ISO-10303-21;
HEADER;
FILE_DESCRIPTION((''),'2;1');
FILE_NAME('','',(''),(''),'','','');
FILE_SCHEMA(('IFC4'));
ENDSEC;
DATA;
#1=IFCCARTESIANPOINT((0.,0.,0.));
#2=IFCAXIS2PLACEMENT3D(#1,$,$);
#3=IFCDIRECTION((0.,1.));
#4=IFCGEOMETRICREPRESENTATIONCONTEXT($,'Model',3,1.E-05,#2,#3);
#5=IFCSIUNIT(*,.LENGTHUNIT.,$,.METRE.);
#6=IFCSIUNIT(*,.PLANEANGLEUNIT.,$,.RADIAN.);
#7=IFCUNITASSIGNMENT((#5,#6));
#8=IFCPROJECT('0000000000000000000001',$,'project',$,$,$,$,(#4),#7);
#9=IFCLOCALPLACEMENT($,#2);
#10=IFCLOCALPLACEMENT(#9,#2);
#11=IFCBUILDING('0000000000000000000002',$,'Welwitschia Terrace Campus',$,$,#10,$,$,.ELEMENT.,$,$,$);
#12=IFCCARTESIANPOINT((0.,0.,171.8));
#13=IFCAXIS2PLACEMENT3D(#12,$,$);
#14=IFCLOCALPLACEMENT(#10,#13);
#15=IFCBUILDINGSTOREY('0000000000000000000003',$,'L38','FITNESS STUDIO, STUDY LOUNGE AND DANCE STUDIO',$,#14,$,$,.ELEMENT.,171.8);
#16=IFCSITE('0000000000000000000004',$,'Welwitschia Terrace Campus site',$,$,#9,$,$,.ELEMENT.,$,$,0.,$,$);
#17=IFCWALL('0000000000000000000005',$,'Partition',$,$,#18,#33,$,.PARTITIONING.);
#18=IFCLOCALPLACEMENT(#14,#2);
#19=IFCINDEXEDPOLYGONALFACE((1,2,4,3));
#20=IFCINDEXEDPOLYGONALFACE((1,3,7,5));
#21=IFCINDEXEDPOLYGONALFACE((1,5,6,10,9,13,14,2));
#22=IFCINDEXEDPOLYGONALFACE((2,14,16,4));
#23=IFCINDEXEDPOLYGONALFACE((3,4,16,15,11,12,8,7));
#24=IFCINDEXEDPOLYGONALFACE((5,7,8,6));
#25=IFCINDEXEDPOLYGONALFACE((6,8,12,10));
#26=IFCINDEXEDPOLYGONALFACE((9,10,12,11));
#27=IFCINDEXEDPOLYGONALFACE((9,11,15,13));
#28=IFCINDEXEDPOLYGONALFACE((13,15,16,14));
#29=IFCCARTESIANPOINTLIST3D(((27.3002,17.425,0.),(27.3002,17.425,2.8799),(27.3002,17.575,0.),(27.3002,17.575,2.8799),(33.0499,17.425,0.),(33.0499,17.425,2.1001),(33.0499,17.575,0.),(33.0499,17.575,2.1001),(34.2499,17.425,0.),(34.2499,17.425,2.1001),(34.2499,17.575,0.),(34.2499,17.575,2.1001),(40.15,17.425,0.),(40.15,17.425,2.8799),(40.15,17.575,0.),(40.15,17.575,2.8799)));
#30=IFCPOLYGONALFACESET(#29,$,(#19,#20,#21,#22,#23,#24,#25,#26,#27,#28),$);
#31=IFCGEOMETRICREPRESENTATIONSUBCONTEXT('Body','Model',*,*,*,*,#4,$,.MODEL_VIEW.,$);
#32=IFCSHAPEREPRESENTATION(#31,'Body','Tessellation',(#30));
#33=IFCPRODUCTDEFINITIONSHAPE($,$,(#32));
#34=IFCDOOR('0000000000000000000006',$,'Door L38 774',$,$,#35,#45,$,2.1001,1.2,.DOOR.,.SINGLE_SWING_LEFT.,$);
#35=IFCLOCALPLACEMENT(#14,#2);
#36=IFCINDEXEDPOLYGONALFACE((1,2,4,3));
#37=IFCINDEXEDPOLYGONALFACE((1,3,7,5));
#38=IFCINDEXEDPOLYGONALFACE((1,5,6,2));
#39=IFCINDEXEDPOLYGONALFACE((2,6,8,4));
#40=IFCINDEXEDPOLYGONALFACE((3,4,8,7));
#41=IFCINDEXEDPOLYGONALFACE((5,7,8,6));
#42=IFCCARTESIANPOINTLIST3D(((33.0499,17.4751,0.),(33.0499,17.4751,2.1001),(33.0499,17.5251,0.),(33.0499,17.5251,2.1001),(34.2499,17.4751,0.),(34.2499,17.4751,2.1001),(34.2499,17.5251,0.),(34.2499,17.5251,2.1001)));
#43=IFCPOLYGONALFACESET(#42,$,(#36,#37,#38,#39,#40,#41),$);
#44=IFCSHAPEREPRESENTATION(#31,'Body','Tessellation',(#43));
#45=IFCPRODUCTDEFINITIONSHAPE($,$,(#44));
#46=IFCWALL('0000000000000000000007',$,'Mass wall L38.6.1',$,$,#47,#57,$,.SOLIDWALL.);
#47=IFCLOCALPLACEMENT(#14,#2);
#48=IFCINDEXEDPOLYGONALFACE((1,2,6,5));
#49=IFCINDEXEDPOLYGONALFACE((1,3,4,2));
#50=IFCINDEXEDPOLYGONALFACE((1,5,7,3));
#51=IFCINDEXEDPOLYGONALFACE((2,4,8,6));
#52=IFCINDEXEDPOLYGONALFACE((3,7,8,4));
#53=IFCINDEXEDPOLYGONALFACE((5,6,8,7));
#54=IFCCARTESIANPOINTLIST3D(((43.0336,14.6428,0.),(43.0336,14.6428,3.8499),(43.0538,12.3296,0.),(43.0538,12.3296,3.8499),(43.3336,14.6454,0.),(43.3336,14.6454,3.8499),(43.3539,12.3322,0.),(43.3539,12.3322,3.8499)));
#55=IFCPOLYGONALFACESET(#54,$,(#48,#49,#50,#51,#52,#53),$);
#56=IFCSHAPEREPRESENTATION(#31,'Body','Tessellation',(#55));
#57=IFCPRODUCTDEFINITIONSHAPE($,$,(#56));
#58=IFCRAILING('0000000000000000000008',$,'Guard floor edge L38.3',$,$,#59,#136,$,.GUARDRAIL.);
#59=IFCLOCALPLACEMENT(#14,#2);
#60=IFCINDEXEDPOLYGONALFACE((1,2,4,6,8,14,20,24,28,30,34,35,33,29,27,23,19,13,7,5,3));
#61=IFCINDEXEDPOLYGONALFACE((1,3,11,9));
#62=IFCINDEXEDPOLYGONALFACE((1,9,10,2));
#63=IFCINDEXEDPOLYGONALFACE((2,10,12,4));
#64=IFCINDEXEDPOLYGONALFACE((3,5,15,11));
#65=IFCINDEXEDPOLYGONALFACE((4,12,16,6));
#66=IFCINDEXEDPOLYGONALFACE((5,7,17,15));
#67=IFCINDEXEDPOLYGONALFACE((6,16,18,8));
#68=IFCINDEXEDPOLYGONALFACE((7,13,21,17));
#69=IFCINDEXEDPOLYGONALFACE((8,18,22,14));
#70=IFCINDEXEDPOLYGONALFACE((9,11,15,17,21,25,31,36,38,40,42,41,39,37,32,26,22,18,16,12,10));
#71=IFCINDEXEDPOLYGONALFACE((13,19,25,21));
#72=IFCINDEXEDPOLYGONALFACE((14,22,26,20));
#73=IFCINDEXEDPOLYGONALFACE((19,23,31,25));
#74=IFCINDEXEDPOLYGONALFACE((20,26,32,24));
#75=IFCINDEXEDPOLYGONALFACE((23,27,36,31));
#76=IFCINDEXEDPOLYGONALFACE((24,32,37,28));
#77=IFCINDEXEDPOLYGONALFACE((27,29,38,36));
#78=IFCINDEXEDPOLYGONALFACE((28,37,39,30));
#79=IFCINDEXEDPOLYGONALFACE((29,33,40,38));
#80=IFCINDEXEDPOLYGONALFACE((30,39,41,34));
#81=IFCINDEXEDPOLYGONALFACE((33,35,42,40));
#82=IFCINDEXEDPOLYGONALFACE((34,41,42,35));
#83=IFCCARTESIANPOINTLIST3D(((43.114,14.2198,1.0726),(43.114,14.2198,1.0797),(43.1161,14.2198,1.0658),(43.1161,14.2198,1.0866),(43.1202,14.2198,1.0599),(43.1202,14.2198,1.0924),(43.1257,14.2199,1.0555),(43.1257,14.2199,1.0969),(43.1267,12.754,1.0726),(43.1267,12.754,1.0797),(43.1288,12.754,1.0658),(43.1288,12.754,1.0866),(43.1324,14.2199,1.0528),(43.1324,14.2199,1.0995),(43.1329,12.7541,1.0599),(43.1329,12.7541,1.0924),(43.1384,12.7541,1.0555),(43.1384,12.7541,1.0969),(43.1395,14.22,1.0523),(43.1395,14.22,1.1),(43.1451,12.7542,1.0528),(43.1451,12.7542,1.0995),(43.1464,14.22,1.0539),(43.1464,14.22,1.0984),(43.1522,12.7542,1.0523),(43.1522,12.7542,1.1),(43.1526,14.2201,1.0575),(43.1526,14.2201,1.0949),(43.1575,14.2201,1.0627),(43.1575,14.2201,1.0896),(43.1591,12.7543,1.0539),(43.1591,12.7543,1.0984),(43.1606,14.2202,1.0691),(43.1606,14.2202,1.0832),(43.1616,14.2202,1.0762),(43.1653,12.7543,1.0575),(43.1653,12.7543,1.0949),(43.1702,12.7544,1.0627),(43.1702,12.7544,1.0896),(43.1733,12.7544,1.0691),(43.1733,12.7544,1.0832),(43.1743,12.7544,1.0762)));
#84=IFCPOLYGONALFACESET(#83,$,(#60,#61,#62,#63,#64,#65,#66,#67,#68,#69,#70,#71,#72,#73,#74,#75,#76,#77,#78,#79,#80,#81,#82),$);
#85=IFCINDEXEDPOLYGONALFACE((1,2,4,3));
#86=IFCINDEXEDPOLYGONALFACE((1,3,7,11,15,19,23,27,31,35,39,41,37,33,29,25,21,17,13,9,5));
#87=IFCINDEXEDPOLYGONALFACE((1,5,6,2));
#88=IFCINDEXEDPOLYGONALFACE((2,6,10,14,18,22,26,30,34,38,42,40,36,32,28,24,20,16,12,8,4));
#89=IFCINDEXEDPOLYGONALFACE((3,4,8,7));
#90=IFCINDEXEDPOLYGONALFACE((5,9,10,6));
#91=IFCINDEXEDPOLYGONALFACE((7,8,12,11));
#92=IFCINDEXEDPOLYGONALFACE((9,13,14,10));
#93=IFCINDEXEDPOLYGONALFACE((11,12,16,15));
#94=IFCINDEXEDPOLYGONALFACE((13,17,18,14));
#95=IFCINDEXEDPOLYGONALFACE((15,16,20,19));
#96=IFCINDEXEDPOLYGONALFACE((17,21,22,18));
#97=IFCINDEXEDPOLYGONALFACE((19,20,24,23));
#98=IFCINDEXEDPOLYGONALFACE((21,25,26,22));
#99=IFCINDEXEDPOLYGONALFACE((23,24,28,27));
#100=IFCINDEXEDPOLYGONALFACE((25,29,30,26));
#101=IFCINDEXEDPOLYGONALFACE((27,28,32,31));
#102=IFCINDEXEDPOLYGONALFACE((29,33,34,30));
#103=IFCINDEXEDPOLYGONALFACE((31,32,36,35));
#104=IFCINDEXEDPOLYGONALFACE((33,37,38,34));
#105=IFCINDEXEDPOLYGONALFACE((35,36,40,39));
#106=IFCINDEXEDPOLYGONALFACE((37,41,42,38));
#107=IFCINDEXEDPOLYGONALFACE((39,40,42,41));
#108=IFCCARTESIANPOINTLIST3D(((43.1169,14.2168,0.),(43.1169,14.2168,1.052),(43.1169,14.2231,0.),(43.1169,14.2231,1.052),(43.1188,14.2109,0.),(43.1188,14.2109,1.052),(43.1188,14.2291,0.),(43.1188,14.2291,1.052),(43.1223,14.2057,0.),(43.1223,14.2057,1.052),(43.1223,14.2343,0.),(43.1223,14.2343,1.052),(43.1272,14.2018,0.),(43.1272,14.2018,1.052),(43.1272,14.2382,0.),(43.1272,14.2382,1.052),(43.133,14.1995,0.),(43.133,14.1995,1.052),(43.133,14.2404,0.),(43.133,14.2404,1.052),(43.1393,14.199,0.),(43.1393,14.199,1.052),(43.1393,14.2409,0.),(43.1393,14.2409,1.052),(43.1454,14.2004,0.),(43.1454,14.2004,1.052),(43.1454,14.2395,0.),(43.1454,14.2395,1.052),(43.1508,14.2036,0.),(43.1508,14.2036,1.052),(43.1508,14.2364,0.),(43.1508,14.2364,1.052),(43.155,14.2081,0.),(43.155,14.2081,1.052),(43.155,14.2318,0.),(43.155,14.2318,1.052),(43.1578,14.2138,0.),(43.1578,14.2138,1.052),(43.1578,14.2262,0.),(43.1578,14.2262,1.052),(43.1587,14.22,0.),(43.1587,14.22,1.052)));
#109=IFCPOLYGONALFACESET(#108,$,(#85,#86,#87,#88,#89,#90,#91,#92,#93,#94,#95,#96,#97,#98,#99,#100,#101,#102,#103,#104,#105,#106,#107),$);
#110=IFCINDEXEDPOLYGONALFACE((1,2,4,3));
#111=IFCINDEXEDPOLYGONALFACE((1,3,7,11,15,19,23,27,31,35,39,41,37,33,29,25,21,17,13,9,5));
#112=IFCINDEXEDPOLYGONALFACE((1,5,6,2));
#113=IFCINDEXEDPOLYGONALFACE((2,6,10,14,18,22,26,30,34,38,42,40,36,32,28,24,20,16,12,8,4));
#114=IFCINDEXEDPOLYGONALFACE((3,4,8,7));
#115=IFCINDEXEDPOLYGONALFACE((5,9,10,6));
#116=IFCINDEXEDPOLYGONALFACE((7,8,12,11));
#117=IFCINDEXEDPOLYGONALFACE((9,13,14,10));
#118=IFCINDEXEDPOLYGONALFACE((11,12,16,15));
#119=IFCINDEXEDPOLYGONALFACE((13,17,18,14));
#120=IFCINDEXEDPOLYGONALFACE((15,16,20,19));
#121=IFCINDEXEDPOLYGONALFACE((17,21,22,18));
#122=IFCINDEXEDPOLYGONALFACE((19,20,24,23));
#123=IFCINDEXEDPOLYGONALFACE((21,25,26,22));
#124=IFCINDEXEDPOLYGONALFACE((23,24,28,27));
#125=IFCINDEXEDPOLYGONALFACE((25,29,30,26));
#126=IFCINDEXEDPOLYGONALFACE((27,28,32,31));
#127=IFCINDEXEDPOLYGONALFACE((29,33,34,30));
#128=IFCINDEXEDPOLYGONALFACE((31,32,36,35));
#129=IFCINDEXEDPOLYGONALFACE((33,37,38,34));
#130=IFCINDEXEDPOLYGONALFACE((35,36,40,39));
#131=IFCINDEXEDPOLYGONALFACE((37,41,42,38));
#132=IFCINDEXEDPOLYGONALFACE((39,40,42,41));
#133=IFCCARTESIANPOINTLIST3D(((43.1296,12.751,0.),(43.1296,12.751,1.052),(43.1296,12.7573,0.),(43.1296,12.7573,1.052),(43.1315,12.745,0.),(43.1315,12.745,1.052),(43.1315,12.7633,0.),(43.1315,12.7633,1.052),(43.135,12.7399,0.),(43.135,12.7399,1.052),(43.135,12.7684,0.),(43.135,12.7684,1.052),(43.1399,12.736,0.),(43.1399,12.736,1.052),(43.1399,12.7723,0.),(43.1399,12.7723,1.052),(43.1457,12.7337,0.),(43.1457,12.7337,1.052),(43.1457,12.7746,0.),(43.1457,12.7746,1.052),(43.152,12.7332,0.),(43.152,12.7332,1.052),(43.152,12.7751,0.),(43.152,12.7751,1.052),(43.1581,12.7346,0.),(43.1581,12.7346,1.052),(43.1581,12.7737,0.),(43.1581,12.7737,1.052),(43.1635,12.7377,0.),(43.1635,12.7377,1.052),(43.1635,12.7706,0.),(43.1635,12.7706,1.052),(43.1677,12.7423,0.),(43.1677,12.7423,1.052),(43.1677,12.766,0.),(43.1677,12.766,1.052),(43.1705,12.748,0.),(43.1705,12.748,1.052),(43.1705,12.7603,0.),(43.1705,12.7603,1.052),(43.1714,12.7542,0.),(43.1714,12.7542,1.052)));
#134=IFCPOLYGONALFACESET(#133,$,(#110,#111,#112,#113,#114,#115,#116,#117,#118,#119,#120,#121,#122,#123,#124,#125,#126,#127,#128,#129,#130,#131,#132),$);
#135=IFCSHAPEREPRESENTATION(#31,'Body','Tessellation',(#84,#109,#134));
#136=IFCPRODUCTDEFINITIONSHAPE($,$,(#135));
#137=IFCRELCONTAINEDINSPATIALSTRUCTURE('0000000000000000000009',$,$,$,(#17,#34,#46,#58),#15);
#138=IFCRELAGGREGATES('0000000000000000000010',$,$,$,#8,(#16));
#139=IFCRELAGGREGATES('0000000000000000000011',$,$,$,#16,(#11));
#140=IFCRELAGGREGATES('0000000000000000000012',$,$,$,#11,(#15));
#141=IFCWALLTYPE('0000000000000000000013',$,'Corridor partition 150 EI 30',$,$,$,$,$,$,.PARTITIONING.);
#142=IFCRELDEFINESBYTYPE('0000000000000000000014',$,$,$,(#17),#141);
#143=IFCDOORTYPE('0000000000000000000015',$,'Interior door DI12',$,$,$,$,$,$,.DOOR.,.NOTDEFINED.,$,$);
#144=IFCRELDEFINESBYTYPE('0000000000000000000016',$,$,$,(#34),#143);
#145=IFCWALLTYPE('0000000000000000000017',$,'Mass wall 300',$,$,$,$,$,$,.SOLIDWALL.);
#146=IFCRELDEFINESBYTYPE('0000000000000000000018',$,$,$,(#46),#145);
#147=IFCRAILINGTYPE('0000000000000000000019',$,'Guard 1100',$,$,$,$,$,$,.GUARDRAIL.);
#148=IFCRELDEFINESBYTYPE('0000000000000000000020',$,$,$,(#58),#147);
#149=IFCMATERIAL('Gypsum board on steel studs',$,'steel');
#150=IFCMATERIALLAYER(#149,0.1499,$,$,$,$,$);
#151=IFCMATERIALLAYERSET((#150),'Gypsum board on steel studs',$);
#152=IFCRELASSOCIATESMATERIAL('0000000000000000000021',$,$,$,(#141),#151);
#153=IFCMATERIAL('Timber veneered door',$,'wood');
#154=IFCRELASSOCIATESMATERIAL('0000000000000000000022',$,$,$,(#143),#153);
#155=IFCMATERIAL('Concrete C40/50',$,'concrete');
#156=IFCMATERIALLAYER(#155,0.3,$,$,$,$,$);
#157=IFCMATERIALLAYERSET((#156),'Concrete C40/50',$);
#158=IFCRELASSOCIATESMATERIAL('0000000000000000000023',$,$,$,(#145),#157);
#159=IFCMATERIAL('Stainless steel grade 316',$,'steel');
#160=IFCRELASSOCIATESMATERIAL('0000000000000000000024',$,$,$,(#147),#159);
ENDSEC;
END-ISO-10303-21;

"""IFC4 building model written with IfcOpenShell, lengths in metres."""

from ifc_helpers import new_model, si_unit, direction, frame, frame_2d, origin, origin_2d, place, context, subcontext, project, spatial, rectangle, circle, extrude, material, layer, layer_set, type_object, element, fill, save


model = new_model("IFC4")

# Units and contexts
model_context = context("Model", 3, precision=1e-05, world=origin(), true_north=direction((0.0, 1.0)))
body_context = subcontext(model_context, "Body", "Model", "MODEL_VIEW")
ifc_project = project(units=[si_unit("LENGTHUNIT", "METRE"), si_unit("PLANEANGLEUNIT", "RADIAN")], contexts=[model_context])

# Site, building, storey
site_placement = place(None, origin())
site = spatial("IfcSite", under=ifc_project, at=site_placement, Name="Welwitschia Terrace Campus site", CompositionType="ELEMENT", RefElevation=0.0)
building_placement = place(site_placement, origin())
building = spatial("IfcBuilding", under=site, at=building_placement, Name="Welwitschia Terrace Campus", CompositionType="ELEMENT")
storey_placement = place(building_placement, frame((0.0, 0.0, 171.8)))
storey = spatial("IfcBuildingStorey", under=building, at=storey_placement, Name="L38", Description="FITNESS STUDIO, STUDY LOUNGE AND DANCE STUDIO", CompositionType="ELEMENT", Elevation=171.8)

# Shared definitions
ifc_material_1 = material(Name="Gypsum board on steel studs", Category="steel")
ifc_layer_1 = layer(ifc_material_1, 0.1499)
ifc_layer_set_1 = layer_set([ifc_layer_1], Name="Gypsum board on steel studs")
wall_type_1 = type_object("IfcWallType", Name="Corridor partition 150 EI 30", PredefinedType="PARTITIONING", material=ifc_layer_set_1)
ifc_material_2 = material(Name="Timber veneered door", Category="wood")
door_type = type_object("IfcDoorType", Name="Interior door DI12", OperationType="NOTDEFINED", PredefinedType="DOOR", material=ifc_material_2)

# Wall, opening, door
wall_1_placement = place(storey_placement, frame((40.1499, 17.5, 0.0), z_axis=(0.0, 0.0, 1.0), x_axis=(-1.0, 0.0, 0.0)))
wall_1 = element("IfcWall", 1, at=wall_1_placement, inside=storey, type_object=wall_type_1, Name="Partition", PredefinedType="PARTITIONING", context=body_context, shape_type="SweptSolid", body=[
    extrude(rectangle(XDim=12.8499, YDim=0.1499, at=frame_2d((6.4248, 0.0))), origin(), (0.0, 0.0, 1.0), 2.8799),
])
opening_1_placement = place(wall_1_placement, frame((5.8999, 0.0, 0.0)))
opening_1 = element("IfcOpeningElement", 2, at=opening_1_placement, cuts=wall_1, PredefinedType="OPENING", context=body_context, shape_type="SweptSolid", body=[
    extrude(rectangle(XDim=1.2, YDim=2.1001, at=frame_2d((0.6001, 1.05))), frame((0.0, 0.085, 0.0), z_axis=(0.0, -1.0, 0.0), x_axis=(1.0, 0.0, 0.0)), (0.0, 0.0, 1.0), 0.1699),
])
door_1_placement = place(opening_1_placement, origin())
door_1 = element("IfcDoor", 3, at=door_1_placement, inside=storey, type_object=door_type, Name="Door L38 774", OperationType="SINGLE_SWING_LEFT", OverallHeight=2.1001, OverallWidth=1.2, PredefinedType="DOOR", context=body_context, shape_type="SweptSolid", body=[
    extrude(rectangle(XDim=1.2, YDim=2.1001, at=frame_2d((0.6001, 1.05))), frame((0.0, 0.0249, 0.0), z_axis=(0.0, -1.0, 0.0), x_axis=(1.0, 0.0, 0.0)), (0.0, 0.0, 1.0), 0.05),
])
fill(opening_1, door_1)

# Wall
ifc_material_3 = material(Name="Concrete C40/50", Category="concrete")
ifc_layer_2 = layer(ifc_material_3, 0.3)
ifc_layer_set_2 = layer_set([ifc_layer_2], Name="Concrete C40/50")
wall_type_2 = type_object("IfcWallType", Name="Mass wall 300", PredefinedType="SOLIDWALL", material=ifc_layer_set_2)
wall_2_placement = place(storey_placement, frame((43.2039, 12.3308, 0.0), z_axis=(0.0, 0.0, 1.0), x_axis=(-0.00876, 0.999962, 0.0)))
element("IfcWall", 4, at=wall_2_placement, inside=storey, type_object=wall_type_2, Name="Mass wall L38.6.1", PredefinedType="SOLIDWALL", context=body_context, shape_type="SweptSolid", body=[
    extrude(rectangle(XDim=2.3132, YDim=0.3, at=frame_2d((1.1567, 0.0))), origin(), (0.0, 0.0, 1.0), 3.8499),
])

# Railing
ifc_material_4 = material(Name="Stainless steel grade 316", Category="steel")
railing_type = type_object("IfcRailingType", Name="Guard 1100", PredefinedType="GUARDRAIL", material=ifc_material_4)
railing_1_placement = place(storey_placement, frame((43.1377, 14.22, 0.0)))
element("IfcRailing", 5, at=railing_1_placement, inside=storey, type_object=railing_type, Name="Guard floor edge L38.3", PredefinedType="GUARDRAIL", context=body_context, shape_type="SweptSolid", body=[
    extrude(circle(Radius=0.0239, at=origin_2d()), frame((0.0, 0.0, 1.0762), z_axis=(0.008661, -0.999962, 0.0), x_axis=(0.999962, 0.008661, 0.0)), (0.0, 0.0, 1.0), 1.4658),
    extrude(circle(Radius=0.021, at=origin_2d()), origin(), (0.0, 0.0, 1.0), 1.052),
    extrude(circle(Radius=0.021, at=origin_2d()), frame((0.0127, -1.4658, 0.0)), (0.0, 0.0, 1.0), 1.052),
])

save(model, "model.ifc")
